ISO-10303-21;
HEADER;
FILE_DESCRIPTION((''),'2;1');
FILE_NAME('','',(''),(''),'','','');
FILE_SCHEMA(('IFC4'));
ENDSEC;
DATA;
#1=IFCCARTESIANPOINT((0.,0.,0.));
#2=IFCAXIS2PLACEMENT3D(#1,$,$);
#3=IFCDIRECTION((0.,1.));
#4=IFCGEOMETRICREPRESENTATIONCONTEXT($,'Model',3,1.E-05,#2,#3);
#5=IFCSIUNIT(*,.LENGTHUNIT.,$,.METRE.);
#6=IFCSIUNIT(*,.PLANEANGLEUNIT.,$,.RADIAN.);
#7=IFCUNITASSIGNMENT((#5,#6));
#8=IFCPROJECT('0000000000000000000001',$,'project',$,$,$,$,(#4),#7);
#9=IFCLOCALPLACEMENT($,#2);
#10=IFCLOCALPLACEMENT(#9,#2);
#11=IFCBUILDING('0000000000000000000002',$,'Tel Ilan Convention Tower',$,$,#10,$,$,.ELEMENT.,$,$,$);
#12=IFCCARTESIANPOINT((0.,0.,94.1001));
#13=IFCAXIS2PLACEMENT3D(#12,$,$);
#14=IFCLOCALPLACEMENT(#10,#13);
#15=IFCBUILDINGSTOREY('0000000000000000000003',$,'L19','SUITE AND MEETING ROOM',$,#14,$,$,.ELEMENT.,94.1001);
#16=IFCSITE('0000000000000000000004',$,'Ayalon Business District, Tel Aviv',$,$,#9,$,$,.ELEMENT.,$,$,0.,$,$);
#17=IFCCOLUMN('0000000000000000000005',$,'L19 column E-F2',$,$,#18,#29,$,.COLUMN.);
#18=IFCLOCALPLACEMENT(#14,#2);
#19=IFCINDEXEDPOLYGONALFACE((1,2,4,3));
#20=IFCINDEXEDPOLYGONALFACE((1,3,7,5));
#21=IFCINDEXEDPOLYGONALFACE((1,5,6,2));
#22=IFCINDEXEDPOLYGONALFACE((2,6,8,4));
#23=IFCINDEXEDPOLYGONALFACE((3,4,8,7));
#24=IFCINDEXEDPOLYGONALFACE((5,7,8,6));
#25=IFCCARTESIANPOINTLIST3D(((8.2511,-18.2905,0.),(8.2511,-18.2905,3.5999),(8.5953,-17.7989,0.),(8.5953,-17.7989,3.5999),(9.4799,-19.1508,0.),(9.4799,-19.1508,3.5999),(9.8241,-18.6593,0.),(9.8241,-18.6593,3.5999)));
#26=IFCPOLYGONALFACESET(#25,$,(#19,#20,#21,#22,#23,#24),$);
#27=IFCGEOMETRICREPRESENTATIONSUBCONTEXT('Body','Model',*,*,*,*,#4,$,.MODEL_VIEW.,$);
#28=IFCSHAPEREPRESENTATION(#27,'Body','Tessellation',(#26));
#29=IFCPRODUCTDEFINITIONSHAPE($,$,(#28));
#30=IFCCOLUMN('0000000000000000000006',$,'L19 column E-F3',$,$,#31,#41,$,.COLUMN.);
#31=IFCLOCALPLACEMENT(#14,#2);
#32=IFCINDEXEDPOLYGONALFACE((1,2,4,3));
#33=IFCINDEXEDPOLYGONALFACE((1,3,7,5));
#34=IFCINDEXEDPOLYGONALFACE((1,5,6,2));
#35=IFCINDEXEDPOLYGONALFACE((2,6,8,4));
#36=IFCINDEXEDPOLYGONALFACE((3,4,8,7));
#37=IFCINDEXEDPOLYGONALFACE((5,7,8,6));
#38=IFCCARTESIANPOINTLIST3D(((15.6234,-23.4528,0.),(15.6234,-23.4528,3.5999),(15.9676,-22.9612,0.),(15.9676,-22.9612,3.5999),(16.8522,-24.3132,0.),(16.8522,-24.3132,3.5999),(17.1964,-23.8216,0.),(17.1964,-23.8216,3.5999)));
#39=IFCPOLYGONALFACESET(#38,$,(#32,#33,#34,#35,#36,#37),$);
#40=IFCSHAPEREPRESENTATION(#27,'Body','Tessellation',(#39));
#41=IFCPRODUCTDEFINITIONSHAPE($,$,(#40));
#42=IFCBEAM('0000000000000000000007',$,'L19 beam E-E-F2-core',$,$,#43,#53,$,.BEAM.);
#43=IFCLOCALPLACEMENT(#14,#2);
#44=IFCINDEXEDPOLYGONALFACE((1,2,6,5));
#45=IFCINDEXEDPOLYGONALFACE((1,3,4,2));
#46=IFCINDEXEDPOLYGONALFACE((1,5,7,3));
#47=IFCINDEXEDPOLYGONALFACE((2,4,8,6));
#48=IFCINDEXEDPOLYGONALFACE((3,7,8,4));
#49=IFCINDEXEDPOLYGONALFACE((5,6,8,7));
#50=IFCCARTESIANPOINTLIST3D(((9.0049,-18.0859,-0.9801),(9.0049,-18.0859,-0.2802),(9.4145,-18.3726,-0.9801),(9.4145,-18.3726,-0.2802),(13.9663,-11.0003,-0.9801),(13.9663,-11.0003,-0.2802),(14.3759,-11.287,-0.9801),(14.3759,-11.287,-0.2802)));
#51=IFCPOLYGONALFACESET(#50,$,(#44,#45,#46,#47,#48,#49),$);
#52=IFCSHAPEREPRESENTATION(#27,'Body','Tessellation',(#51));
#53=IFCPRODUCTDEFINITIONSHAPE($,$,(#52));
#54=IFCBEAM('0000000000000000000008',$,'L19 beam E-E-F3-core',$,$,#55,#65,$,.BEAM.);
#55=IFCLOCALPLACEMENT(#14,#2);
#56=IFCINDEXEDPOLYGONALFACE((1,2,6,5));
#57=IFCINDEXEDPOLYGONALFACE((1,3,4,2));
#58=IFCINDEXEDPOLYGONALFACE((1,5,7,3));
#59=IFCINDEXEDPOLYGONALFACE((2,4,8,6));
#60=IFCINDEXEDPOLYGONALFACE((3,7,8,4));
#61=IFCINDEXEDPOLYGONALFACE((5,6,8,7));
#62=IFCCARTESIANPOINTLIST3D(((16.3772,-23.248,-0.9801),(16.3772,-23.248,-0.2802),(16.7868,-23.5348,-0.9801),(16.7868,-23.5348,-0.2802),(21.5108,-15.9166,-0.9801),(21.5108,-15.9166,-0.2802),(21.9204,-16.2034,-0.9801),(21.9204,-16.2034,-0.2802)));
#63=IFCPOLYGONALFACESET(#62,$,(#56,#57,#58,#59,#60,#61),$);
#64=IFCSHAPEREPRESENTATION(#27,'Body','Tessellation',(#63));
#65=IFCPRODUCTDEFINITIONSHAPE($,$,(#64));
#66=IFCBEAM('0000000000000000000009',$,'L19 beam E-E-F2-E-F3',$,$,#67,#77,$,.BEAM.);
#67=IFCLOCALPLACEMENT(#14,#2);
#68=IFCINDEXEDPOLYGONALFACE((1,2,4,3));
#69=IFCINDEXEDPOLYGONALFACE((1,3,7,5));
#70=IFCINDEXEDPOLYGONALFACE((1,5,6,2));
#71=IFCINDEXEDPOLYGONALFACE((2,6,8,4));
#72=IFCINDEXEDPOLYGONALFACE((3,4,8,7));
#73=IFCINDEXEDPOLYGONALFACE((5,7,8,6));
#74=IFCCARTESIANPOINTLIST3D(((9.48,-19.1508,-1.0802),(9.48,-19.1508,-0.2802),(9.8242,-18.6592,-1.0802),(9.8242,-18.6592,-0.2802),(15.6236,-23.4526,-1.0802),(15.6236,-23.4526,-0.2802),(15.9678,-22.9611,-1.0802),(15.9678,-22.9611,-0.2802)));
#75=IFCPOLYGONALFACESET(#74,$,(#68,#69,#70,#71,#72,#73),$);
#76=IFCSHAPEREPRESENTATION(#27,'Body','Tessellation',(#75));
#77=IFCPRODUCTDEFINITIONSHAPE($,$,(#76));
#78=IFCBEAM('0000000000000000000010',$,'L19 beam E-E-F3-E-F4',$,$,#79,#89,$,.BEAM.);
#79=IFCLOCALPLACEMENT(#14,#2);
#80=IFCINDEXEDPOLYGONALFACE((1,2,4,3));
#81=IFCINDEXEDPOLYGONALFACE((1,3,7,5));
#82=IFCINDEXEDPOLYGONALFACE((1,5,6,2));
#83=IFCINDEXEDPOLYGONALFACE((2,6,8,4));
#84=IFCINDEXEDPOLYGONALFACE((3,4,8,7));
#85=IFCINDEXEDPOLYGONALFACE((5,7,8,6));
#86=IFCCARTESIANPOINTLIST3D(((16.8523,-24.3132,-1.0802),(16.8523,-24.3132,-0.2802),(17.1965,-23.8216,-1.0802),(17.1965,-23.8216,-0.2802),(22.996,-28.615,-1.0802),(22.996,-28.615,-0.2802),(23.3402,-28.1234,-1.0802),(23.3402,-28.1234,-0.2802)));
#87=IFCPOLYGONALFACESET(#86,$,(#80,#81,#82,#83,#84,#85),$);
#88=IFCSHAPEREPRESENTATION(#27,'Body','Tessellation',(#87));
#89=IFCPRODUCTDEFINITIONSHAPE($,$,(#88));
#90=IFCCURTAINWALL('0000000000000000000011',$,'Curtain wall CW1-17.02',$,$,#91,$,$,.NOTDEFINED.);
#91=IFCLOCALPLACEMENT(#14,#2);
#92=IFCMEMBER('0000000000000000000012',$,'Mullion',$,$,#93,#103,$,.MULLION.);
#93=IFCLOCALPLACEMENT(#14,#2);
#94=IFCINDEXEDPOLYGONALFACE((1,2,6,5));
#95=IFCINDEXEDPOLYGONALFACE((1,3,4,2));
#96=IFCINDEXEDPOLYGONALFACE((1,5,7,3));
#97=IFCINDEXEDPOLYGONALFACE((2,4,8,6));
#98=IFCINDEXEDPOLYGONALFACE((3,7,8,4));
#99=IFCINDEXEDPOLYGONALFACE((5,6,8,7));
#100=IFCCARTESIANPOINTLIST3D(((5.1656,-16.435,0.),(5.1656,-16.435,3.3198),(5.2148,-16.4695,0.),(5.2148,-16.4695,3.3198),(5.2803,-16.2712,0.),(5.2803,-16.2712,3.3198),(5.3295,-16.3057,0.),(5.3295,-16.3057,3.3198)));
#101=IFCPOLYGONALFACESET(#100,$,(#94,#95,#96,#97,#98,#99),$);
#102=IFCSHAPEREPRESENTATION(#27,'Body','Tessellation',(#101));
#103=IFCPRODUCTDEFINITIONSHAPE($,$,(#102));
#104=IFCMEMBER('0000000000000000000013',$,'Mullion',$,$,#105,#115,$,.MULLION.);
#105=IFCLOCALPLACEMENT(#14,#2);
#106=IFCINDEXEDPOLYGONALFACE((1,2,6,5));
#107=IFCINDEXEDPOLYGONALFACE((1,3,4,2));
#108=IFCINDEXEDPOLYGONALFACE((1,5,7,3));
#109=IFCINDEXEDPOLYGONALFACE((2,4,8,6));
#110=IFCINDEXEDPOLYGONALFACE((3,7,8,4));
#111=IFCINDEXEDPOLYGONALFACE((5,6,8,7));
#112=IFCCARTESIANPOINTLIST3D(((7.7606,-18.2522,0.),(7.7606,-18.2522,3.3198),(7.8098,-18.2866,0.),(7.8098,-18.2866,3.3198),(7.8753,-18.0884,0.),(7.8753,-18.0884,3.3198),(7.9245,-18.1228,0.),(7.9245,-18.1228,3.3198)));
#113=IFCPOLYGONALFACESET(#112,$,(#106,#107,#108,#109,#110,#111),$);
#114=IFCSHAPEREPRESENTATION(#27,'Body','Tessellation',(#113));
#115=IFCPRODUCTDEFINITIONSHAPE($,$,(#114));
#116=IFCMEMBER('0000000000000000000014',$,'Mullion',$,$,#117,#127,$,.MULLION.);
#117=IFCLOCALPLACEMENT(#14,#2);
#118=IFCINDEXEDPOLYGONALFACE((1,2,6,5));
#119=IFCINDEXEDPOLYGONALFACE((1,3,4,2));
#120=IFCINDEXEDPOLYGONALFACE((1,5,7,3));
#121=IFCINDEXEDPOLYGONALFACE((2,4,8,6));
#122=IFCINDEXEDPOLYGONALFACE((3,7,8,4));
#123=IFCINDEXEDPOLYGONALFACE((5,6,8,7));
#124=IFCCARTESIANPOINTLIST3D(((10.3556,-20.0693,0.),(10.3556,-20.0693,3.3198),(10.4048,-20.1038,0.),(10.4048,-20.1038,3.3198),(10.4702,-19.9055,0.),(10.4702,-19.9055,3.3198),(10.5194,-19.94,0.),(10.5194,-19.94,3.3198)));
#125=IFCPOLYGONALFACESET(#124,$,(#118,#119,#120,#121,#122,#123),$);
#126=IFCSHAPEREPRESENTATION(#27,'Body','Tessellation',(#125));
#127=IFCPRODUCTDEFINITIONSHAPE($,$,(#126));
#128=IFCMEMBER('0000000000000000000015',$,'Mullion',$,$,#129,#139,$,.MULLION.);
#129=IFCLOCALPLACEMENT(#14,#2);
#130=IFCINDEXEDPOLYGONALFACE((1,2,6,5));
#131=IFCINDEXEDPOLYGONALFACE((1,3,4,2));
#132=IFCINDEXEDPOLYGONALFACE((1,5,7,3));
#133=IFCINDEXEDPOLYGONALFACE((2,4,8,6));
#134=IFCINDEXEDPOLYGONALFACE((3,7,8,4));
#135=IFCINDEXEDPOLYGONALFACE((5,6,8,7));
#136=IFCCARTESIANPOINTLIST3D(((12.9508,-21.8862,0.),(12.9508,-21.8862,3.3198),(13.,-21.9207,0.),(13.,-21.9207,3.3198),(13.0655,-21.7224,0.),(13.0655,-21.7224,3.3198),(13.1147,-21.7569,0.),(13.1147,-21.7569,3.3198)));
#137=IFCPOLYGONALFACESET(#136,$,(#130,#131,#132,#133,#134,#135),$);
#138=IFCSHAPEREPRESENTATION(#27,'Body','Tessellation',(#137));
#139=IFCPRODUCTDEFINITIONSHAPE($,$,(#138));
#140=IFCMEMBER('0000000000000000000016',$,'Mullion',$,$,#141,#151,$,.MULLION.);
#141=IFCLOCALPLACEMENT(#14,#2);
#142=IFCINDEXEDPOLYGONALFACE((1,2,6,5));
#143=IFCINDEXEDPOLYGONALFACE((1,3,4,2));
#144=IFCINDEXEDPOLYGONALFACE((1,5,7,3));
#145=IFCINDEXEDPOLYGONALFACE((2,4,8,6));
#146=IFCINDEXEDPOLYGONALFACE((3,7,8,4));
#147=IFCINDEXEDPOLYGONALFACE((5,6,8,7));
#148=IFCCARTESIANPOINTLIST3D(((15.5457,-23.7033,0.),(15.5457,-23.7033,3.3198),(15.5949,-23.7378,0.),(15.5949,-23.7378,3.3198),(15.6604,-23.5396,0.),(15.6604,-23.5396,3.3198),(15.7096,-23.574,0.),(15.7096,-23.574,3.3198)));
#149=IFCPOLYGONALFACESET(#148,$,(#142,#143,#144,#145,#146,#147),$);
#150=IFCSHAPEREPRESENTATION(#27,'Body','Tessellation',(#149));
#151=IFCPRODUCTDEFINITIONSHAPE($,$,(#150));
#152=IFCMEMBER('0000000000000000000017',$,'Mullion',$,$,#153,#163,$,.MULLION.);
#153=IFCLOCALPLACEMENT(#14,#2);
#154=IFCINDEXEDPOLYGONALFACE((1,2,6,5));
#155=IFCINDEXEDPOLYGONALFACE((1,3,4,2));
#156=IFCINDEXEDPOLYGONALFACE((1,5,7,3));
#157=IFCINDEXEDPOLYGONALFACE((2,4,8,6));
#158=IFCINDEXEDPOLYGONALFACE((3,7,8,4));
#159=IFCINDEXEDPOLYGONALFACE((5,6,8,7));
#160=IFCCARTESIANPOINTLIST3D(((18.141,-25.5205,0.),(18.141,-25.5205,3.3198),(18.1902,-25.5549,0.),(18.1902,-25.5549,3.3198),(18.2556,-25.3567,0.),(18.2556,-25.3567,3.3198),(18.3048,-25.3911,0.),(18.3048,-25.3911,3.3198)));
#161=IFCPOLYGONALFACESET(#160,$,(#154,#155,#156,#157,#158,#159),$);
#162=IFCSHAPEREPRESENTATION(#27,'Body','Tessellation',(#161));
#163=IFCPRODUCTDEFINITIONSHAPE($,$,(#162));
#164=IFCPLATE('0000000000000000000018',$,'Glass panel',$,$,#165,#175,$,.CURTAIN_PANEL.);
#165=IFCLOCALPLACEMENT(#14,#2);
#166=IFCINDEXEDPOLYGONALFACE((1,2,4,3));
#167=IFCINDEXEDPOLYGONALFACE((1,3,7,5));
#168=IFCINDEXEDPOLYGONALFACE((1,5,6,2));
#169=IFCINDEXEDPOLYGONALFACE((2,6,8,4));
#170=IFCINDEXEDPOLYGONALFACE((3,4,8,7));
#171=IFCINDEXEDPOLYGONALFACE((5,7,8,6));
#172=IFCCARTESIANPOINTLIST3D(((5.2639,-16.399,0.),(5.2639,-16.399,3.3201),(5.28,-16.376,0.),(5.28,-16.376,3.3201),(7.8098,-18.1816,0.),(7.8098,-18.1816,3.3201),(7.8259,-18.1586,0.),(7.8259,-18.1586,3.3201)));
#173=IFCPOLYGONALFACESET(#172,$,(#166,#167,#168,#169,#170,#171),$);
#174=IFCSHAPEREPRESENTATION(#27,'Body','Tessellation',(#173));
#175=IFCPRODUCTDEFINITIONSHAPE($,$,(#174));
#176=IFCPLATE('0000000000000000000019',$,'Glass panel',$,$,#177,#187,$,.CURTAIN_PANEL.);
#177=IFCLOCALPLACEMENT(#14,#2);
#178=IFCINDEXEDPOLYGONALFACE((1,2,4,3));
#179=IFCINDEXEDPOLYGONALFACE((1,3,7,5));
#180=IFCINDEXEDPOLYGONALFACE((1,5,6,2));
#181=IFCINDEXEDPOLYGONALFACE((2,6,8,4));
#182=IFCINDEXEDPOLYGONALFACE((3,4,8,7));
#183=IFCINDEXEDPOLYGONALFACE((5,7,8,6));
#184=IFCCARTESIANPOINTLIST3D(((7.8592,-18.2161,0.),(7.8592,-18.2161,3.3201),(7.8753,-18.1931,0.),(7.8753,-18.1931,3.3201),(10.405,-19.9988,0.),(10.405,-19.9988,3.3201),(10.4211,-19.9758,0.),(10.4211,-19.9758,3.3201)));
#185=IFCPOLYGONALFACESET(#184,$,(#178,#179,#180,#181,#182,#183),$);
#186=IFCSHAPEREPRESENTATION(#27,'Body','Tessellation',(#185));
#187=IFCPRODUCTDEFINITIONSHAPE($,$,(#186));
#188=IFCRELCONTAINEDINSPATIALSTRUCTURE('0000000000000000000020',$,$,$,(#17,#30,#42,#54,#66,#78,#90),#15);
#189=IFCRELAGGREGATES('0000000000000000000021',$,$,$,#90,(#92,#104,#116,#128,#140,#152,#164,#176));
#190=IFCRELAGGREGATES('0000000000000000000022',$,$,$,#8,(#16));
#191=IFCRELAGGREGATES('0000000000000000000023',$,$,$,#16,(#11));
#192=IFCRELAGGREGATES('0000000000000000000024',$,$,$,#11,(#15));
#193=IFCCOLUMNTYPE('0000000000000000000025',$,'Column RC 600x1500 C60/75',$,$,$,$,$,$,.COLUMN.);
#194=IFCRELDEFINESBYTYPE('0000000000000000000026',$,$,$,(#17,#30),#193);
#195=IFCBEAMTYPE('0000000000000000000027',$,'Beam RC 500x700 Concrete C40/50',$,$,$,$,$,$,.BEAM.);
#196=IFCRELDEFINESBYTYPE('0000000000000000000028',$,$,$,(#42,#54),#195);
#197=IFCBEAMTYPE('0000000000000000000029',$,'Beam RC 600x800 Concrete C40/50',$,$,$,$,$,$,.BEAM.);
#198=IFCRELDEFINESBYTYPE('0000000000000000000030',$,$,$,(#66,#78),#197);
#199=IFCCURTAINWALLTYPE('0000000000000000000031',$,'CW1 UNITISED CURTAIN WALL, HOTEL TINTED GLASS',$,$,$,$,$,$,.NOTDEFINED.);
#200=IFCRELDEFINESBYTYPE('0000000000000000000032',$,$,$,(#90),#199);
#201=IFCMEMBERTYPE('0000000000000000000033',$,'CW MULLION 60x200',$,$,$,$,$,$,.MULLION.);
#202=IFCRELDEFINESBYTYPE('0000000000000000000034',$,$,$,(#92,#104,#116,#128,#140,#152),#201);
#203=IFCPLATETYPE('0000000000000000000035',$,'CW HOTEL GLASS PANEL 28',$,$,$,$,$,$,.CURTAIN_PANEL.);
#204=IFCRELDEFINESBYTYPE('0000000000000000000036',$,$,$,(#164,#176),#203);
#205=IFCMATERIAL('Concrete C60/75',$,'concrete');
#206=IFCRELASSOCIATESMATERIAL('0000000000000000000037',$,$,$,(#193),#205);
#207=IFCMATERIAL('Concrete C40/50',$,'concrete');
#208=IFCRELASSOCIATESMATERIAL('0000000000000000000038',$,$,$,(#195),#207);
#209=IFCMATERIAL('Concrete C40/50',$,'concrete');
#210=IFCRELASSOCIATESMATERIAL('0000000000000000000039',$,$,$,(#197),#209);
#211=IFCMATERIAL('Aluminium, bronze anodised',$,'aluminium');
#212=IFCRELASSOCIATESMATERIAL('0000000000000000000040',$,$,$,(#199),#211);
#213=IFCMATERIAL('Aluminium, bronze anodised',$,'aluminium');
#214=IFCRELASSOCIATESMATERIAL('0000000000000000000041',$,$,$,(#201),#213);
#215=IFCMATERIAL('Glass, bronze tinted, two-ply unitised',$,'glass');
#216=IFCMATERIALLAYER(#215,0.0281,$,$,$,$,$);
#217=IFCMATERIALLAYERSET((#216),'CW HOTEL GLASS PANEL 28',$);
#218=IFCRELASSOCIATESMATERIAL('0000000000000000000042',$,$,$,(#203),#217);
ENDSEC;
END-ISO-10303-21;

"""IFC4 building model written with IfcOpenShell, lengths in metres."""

from ifc_helpers import new_model, si_unit, direction, frame, origin, origin_2d, place, context, subcontext, project, spatial, rectangle, extrude, material, layer, layer_set, material_profile, profile_set, type_object, element, aggregate, save


model = new_model("IFC4")

# Units and contexts
model_context = context("Model", 3, precision=1e-05, world=origin(), true_north=direction((0.0, 1.0)))
body_context = subcontext(model_context, "Body", "Model", "MODEL_VIEW")
ifc_project = project(units=[si_unit("LENGTHUNIT", "METRE"), si_unit("PLANEANGLEUNIT", "RADIAN")], contexts=[model_context])

# Site, building, storey
site_placement = place(None, origin())
site = spatial("IfcSite", under=ifc_project, at=site_placement, Name="Ayalon Business District, Tel Aviv", CompositionType="ELEMENT", RefElevation=0.0)
building_placement = place(site_placement, origin())
building = spatial("IfcBuilding", under=site, at=building_placement, Name="Tel Ilan Convention Tower", CompositionType="ELEMENT")
storey_placement = place(building_placement, frame((0.0, 0.0, 94.1001)))
storey = spatial("IfcBuildingStorey", under=building, at=storey_placement, Name="L19", Description="SUITE AND MEETING ROOM", CompositionType="ELEMENT", Elevation=94.1001)

# Columns
ifc_material_1 = material(Name="Concrete C60/75", Category="concrete")
ifc_material_profile_1 = material_profile(ifc_material_1, rectangle(XDim=1.5, YDim=0.6001, at=origin_2d()), Name="RC 600x1500")
ifc_profile_set_1 = profile_set([ifc_material_profile_1], Name="Concrete C60/75")
column_type = type_object("IfcColumnType", Name="Column RC 600x1500 C60/75", PredefinedType="COLUMN", material=ifc_profile_set_1)
for number, where, z_axis, x_axis, name in (
    (1, (9.0376, -18.4749, 0.0), (0.0, 0.0, 1.0), (0.819152, -0.573576, 0.0), "L19 column E-F2"),
    (2, (16.4099, -23.6372, 0.0), (0.0, 0.0, 1.0), (0.819152, -0.573576, 0.0), "L19 column E-F3"),
):
    element("IfcColumn", number, at=place(storey_placement, frame(where, z_axis=z_axis, x_axis=x_axis)), inside=storey, type_object=column_type, Name=name, PredefinedType="COLUMN", context=body_context, shape_type="SweptSolid", body=[
        extrude(rectangle(XDim=1.5, YDim=0.6001, at=origin_2d()), origin(), (0.0, 0.0, 1.0), 3.5999),
    ])

# Beams
ifc_material_2 = material(Name="Concrete C40/50", Category="concrete")
ifc_material_profile_2 = material_profile(ifc_material_2, rectangle(XDim=0.5, YDim=0.7, at=origin_2d()), Name="RC 500x700")
ifc_profile_set_2 = profile_set([ifc_material_profile_2], Name="Concrete C40/50")
beam_type_1 = type_object("IfcBeamType", Name="Beam RC 500x700 Concrete C40/50", PredefinedType="BEAM", material=ifc_profile_set_2)
beam_1_placement = place(storey_placement, frame((9.2097, -18.2292, -0.6301), z_axis=(0.573574, 0.819154, 0.0), x_axis=(-0.819154, 0.573574, 0.0)))
element("IfcBeam", 3, at=beam_1_placement, inside=storey, type_object=beam_type_1, Name="L19 beam E-E-F2-core", PredefinedType="BEAM", context=body_context, shape_type="SweptSolid", body=[
    extrude(rectangle(XDim=0.5, YDim=0.7, at=origin_2d()), origin(), (0.0, 0.0, 1.0), 8.6499),
])
beam_2_placement = place(storey_placement, frame((16.582, -23.3914, -0.6301), z_axis=(0.573585, 0.819146, 0.0), x_axis=(-0.819146, 0.573585, 0.0)))
element("IfcBeam", 4, at=beam_2_placement, inside=storey, type_object=beam_type_1, Name="L19 beam E-E-F3-core", PredefinedType="BEAM", context=body_context, shape_type="SweptSolid", body=[
    extrude(rectangle(XDim=0.5, YDim=0.7, at=origin_2d()), origin(), (0.0, 0.0, 1.0), 8.95),
])
ifc_material_3 = material(Name="Concrete C40/50", Category="concrete")
ifc_material_profile_3 = material_profile(ifc_material_3, rectangle(XDim=0.6001, YDim=0.8, at=origin_2d()), Name="RC 600x800")
ifc_profile_set_3 = profile_set([ifc_material_profile_3], Name="Concrete C40/50")
beam_type_2 = type_object("IfcBeamType", Name="Beam RC 600x800 Concrete C40/50", PredefinedType="BEAM", material=ifc_profile_set_3)
for number, where, z_axis, x_axis, name in (
    (5, (9.6521, -18.905, -0.6802), (0.819152, -0.573576, 0.0), (0.573576, 0.819152, 0.0), "L19 beam E-E-F2-E-F3"),
    (6, (17.0244, -24.0674, -0.6802), (0.819152, -0.573576, 0.0), (0.573576, 0.819152, 0.0), "L19 beam E-E-F3-E-F4"),
):
    element("IfcBeam", number, at=place(storey_placement, frame(where, z_axis=z_axis, x_axis=x_axis)), inside=storey, type_object=beam_type_2, Name=name, PredefinedType="BEAM", context=body_context, shape_type="SweptSolid", body=[
        extrude(rectangle(XDim=0.6001, YDim=0.8, at=origin_2d()), origin(), (0.0, 0.0, 1.0), 7.5),
    ])

# Curtain wall, members, plates
ifc_material_4 = material(Name="Aluminium, bronze anodised", Category="aluminium")
curtain_wall_type = type_object("IfcCurtainWallType", Name="CW1 UNITISED CURTAIN WALL, HOTEL TINTED GLASS", PredefinedType="NOTDEFINED", material=ifc_material_4)
curtain_wall_placement = place(storey_placement, origin())
curtain_wall = element("IfcCurtainWall", 7, at=curtain_wall_placement, inside=storey, type_object=curtain_wall_type, Name="Curtain wall CW1-17.02", PredefinedType="NOTDEFINED")
ifc_material_5 = material(Name="Aluminium, bronze anodised", Category="aluminium")
ifc_material_profile_4 = material_profile(ifc_material_5, rectangle(XDim=0.0601, YDim=0.2, at=origin_2d()), Name="CW MULLION 60x200")
ifc_profile_set_4 = profile_set([ifc_material_profile_4], Name="Aluminium, bronze anodised")
member_type = type_object("IfcMemberType", Name="CW MULLION 60x200", PredefinedType="MULLION", material=ifc_profile_set_4)
member_1_placement = place(storey_placement, frame((5.2476, -16.3704, 0.0), z_axis=(0.0, 0.0, 1.0), x_axis=(0.819152, -0.573576, 0.0)))
member_1 = element("IfcMember", 8, at=member_1_placement, type_object=member_type, Name="Mullion", PredefinedType="MULLION", context=body_context, shape_type="SweptSolid", body=[
    extrude(rectangle(XDim=0.0601, YDim=0.2, at=origin_2d()), origin(), (0.0, 0.0, 1.0), 3.3198),
])
member_2_placement = place(storey_placement, frame((7.8425, -18.1875, 0.0), z_axis=(0.0, 0.0, 1.0), x_axis=(0.819152, -0.573576, 0.0)))
member_2 = element("IfcMember", 9, at=member_2_placement, type_object=member_type, Name="Mullion", PredefinedType="MULLION", context=body_context, shape_type="SweptSolid", body=[
    extrude(rectangle(XDim=0.0601, YDim=0.2, at=origin_2d()), origin(), (0.0, 0.0, 1.0), 3.3198),
])
member_3_placement = place(storey_placement, frame((10.4375, -20.0046, 0.0), z_axis=(0.0, 0.0, 1.0), x_axis=(0.819152, -0.573576, 0.0)))
member_3 = element("IfcMember", 10, at=member_3_placement, type_object=member_type, Name="Mullion", PredefinedType="MULLION", context=body_context, shape_type="SweptSolid", body=[
    extrude(rectangle(XDim=0.0601, YDim=0.2, at=origin_2d()), origin(), (0.0, 0.0, 1.0), 3.3198),
])
member_4_placement = place(storey_placement, frame((13.0327, -21.8215, 0.0), z_axis=(0.0, 0.0, 1.0), x_axis=(0.819152, -0.573576, 0.0)))
member_4 = element("IfcMember", 11, at=member_4_placement, type_object=member_type, Name="Mullion", PredefinedType="MULLION", context=body_context, shape_type="SweptSolid", body=[
    extrude(rectangle(XDim=0.0601, YDim=0.2, at=origin_2d()), origin(), (0.0, 0.0, 1.0), 3.3198),
])
member_5_placement = place(storey_placement, frame((15.6277, -23.6387, 0.0), z_axis=(0.0, 0.0, 1.0), x_axis=(0.819152, -0.573576, 0.0)))
member_5 = element("IfcMember", 12, at=member_5_placement, type_object=member_type, Name="Mullion", PredefinedType="MULLION", context=body_context, shape_type="SweptSolid", body=[
    extrude(rectangle(XDim=0.0601, YDim=0.2, at=origin_2d()), origin(), (0.0, 0.0, 1.0), 3.3198),
])
member_6_placement = place(storey_placement, frame((18.2229, -25.4558, 0.0), z_axis=(0.0, 0.0, 1.0), x_axis=(0.819152, -0.573576, 0.0)))
member_6 = element("IfcMember", 13, at=member_6_placement, type_object=member_type, Name="Mullion", PredefinedType="MULLION", context=body_context, shape_type="SweptSolid", body=[
    extrude(rectangle(XDim=0.0601, YDim=0.2, at=origin_2d()), origin(), (0.0, 0.0, 1.0), 3.3198),
])
ifc_material_6 = material(Name="Glass, bronze tinted, two-ply unitised", Category="glass")
ifc_layer_1 = layer(ifc_material_6, 0.0281)
ifc_layer_set_1 = layer_set([ifc_layer_1], Name="CW HOTEL GLASS PANEL 28")
plate_type = type_object("IfcPlateType", Name="CW HOTEL GLASS PANEL 28", PredefinedType="CURTAIN_PANEL", material=ifc_layer_set_1)
plate_1_placement = place(storey_placement, frame((6.5449, -17.2788, 0.0), z_axis=(0.0, 0.0, 1.0), x_axis=(0.819152, -0.573576, 0.0)))
plate_1 = element("IfcPlate", 14, at=plate_1_placement, type_object=plate_type, Name="Glass panel", PredefinedType="CURTAIN_PANEL", context=body_context, shape_type="SweptSolid", body=[
    extrude(rectangle(XDim=3.1079, YDim=0.0281, at=origin_2d()), origin(), (0.0, 0.0, 1.0), 3.3201),
])
plate_2_placement = place(storey_placement, frame((9.1401, -19.0959, 0.0), z_axis=(0.0, 0.0, 1.0), x_axis=(0.819152, -0.573576, 0.0)))
plate_2 = element("IfcPlate", 15, at=plate_2_placement, type_object=plate_type, Name="Glass panel", PredefinedType="CURTAIN_PANEL", context=body_context, shape_type="SweptSolid", body=[
    extrude(rectangle(XDim=3.1079, YDim=0.0281, at=origin_2d()), origin(), (0.0, 0.0, 1.0), 3.3201),
])
aggregate(curtain_wall, [member_1, member_2, member_3, member_4, member_5, member_6, plate_1, plate_2])

save(model, "model.ifc")
